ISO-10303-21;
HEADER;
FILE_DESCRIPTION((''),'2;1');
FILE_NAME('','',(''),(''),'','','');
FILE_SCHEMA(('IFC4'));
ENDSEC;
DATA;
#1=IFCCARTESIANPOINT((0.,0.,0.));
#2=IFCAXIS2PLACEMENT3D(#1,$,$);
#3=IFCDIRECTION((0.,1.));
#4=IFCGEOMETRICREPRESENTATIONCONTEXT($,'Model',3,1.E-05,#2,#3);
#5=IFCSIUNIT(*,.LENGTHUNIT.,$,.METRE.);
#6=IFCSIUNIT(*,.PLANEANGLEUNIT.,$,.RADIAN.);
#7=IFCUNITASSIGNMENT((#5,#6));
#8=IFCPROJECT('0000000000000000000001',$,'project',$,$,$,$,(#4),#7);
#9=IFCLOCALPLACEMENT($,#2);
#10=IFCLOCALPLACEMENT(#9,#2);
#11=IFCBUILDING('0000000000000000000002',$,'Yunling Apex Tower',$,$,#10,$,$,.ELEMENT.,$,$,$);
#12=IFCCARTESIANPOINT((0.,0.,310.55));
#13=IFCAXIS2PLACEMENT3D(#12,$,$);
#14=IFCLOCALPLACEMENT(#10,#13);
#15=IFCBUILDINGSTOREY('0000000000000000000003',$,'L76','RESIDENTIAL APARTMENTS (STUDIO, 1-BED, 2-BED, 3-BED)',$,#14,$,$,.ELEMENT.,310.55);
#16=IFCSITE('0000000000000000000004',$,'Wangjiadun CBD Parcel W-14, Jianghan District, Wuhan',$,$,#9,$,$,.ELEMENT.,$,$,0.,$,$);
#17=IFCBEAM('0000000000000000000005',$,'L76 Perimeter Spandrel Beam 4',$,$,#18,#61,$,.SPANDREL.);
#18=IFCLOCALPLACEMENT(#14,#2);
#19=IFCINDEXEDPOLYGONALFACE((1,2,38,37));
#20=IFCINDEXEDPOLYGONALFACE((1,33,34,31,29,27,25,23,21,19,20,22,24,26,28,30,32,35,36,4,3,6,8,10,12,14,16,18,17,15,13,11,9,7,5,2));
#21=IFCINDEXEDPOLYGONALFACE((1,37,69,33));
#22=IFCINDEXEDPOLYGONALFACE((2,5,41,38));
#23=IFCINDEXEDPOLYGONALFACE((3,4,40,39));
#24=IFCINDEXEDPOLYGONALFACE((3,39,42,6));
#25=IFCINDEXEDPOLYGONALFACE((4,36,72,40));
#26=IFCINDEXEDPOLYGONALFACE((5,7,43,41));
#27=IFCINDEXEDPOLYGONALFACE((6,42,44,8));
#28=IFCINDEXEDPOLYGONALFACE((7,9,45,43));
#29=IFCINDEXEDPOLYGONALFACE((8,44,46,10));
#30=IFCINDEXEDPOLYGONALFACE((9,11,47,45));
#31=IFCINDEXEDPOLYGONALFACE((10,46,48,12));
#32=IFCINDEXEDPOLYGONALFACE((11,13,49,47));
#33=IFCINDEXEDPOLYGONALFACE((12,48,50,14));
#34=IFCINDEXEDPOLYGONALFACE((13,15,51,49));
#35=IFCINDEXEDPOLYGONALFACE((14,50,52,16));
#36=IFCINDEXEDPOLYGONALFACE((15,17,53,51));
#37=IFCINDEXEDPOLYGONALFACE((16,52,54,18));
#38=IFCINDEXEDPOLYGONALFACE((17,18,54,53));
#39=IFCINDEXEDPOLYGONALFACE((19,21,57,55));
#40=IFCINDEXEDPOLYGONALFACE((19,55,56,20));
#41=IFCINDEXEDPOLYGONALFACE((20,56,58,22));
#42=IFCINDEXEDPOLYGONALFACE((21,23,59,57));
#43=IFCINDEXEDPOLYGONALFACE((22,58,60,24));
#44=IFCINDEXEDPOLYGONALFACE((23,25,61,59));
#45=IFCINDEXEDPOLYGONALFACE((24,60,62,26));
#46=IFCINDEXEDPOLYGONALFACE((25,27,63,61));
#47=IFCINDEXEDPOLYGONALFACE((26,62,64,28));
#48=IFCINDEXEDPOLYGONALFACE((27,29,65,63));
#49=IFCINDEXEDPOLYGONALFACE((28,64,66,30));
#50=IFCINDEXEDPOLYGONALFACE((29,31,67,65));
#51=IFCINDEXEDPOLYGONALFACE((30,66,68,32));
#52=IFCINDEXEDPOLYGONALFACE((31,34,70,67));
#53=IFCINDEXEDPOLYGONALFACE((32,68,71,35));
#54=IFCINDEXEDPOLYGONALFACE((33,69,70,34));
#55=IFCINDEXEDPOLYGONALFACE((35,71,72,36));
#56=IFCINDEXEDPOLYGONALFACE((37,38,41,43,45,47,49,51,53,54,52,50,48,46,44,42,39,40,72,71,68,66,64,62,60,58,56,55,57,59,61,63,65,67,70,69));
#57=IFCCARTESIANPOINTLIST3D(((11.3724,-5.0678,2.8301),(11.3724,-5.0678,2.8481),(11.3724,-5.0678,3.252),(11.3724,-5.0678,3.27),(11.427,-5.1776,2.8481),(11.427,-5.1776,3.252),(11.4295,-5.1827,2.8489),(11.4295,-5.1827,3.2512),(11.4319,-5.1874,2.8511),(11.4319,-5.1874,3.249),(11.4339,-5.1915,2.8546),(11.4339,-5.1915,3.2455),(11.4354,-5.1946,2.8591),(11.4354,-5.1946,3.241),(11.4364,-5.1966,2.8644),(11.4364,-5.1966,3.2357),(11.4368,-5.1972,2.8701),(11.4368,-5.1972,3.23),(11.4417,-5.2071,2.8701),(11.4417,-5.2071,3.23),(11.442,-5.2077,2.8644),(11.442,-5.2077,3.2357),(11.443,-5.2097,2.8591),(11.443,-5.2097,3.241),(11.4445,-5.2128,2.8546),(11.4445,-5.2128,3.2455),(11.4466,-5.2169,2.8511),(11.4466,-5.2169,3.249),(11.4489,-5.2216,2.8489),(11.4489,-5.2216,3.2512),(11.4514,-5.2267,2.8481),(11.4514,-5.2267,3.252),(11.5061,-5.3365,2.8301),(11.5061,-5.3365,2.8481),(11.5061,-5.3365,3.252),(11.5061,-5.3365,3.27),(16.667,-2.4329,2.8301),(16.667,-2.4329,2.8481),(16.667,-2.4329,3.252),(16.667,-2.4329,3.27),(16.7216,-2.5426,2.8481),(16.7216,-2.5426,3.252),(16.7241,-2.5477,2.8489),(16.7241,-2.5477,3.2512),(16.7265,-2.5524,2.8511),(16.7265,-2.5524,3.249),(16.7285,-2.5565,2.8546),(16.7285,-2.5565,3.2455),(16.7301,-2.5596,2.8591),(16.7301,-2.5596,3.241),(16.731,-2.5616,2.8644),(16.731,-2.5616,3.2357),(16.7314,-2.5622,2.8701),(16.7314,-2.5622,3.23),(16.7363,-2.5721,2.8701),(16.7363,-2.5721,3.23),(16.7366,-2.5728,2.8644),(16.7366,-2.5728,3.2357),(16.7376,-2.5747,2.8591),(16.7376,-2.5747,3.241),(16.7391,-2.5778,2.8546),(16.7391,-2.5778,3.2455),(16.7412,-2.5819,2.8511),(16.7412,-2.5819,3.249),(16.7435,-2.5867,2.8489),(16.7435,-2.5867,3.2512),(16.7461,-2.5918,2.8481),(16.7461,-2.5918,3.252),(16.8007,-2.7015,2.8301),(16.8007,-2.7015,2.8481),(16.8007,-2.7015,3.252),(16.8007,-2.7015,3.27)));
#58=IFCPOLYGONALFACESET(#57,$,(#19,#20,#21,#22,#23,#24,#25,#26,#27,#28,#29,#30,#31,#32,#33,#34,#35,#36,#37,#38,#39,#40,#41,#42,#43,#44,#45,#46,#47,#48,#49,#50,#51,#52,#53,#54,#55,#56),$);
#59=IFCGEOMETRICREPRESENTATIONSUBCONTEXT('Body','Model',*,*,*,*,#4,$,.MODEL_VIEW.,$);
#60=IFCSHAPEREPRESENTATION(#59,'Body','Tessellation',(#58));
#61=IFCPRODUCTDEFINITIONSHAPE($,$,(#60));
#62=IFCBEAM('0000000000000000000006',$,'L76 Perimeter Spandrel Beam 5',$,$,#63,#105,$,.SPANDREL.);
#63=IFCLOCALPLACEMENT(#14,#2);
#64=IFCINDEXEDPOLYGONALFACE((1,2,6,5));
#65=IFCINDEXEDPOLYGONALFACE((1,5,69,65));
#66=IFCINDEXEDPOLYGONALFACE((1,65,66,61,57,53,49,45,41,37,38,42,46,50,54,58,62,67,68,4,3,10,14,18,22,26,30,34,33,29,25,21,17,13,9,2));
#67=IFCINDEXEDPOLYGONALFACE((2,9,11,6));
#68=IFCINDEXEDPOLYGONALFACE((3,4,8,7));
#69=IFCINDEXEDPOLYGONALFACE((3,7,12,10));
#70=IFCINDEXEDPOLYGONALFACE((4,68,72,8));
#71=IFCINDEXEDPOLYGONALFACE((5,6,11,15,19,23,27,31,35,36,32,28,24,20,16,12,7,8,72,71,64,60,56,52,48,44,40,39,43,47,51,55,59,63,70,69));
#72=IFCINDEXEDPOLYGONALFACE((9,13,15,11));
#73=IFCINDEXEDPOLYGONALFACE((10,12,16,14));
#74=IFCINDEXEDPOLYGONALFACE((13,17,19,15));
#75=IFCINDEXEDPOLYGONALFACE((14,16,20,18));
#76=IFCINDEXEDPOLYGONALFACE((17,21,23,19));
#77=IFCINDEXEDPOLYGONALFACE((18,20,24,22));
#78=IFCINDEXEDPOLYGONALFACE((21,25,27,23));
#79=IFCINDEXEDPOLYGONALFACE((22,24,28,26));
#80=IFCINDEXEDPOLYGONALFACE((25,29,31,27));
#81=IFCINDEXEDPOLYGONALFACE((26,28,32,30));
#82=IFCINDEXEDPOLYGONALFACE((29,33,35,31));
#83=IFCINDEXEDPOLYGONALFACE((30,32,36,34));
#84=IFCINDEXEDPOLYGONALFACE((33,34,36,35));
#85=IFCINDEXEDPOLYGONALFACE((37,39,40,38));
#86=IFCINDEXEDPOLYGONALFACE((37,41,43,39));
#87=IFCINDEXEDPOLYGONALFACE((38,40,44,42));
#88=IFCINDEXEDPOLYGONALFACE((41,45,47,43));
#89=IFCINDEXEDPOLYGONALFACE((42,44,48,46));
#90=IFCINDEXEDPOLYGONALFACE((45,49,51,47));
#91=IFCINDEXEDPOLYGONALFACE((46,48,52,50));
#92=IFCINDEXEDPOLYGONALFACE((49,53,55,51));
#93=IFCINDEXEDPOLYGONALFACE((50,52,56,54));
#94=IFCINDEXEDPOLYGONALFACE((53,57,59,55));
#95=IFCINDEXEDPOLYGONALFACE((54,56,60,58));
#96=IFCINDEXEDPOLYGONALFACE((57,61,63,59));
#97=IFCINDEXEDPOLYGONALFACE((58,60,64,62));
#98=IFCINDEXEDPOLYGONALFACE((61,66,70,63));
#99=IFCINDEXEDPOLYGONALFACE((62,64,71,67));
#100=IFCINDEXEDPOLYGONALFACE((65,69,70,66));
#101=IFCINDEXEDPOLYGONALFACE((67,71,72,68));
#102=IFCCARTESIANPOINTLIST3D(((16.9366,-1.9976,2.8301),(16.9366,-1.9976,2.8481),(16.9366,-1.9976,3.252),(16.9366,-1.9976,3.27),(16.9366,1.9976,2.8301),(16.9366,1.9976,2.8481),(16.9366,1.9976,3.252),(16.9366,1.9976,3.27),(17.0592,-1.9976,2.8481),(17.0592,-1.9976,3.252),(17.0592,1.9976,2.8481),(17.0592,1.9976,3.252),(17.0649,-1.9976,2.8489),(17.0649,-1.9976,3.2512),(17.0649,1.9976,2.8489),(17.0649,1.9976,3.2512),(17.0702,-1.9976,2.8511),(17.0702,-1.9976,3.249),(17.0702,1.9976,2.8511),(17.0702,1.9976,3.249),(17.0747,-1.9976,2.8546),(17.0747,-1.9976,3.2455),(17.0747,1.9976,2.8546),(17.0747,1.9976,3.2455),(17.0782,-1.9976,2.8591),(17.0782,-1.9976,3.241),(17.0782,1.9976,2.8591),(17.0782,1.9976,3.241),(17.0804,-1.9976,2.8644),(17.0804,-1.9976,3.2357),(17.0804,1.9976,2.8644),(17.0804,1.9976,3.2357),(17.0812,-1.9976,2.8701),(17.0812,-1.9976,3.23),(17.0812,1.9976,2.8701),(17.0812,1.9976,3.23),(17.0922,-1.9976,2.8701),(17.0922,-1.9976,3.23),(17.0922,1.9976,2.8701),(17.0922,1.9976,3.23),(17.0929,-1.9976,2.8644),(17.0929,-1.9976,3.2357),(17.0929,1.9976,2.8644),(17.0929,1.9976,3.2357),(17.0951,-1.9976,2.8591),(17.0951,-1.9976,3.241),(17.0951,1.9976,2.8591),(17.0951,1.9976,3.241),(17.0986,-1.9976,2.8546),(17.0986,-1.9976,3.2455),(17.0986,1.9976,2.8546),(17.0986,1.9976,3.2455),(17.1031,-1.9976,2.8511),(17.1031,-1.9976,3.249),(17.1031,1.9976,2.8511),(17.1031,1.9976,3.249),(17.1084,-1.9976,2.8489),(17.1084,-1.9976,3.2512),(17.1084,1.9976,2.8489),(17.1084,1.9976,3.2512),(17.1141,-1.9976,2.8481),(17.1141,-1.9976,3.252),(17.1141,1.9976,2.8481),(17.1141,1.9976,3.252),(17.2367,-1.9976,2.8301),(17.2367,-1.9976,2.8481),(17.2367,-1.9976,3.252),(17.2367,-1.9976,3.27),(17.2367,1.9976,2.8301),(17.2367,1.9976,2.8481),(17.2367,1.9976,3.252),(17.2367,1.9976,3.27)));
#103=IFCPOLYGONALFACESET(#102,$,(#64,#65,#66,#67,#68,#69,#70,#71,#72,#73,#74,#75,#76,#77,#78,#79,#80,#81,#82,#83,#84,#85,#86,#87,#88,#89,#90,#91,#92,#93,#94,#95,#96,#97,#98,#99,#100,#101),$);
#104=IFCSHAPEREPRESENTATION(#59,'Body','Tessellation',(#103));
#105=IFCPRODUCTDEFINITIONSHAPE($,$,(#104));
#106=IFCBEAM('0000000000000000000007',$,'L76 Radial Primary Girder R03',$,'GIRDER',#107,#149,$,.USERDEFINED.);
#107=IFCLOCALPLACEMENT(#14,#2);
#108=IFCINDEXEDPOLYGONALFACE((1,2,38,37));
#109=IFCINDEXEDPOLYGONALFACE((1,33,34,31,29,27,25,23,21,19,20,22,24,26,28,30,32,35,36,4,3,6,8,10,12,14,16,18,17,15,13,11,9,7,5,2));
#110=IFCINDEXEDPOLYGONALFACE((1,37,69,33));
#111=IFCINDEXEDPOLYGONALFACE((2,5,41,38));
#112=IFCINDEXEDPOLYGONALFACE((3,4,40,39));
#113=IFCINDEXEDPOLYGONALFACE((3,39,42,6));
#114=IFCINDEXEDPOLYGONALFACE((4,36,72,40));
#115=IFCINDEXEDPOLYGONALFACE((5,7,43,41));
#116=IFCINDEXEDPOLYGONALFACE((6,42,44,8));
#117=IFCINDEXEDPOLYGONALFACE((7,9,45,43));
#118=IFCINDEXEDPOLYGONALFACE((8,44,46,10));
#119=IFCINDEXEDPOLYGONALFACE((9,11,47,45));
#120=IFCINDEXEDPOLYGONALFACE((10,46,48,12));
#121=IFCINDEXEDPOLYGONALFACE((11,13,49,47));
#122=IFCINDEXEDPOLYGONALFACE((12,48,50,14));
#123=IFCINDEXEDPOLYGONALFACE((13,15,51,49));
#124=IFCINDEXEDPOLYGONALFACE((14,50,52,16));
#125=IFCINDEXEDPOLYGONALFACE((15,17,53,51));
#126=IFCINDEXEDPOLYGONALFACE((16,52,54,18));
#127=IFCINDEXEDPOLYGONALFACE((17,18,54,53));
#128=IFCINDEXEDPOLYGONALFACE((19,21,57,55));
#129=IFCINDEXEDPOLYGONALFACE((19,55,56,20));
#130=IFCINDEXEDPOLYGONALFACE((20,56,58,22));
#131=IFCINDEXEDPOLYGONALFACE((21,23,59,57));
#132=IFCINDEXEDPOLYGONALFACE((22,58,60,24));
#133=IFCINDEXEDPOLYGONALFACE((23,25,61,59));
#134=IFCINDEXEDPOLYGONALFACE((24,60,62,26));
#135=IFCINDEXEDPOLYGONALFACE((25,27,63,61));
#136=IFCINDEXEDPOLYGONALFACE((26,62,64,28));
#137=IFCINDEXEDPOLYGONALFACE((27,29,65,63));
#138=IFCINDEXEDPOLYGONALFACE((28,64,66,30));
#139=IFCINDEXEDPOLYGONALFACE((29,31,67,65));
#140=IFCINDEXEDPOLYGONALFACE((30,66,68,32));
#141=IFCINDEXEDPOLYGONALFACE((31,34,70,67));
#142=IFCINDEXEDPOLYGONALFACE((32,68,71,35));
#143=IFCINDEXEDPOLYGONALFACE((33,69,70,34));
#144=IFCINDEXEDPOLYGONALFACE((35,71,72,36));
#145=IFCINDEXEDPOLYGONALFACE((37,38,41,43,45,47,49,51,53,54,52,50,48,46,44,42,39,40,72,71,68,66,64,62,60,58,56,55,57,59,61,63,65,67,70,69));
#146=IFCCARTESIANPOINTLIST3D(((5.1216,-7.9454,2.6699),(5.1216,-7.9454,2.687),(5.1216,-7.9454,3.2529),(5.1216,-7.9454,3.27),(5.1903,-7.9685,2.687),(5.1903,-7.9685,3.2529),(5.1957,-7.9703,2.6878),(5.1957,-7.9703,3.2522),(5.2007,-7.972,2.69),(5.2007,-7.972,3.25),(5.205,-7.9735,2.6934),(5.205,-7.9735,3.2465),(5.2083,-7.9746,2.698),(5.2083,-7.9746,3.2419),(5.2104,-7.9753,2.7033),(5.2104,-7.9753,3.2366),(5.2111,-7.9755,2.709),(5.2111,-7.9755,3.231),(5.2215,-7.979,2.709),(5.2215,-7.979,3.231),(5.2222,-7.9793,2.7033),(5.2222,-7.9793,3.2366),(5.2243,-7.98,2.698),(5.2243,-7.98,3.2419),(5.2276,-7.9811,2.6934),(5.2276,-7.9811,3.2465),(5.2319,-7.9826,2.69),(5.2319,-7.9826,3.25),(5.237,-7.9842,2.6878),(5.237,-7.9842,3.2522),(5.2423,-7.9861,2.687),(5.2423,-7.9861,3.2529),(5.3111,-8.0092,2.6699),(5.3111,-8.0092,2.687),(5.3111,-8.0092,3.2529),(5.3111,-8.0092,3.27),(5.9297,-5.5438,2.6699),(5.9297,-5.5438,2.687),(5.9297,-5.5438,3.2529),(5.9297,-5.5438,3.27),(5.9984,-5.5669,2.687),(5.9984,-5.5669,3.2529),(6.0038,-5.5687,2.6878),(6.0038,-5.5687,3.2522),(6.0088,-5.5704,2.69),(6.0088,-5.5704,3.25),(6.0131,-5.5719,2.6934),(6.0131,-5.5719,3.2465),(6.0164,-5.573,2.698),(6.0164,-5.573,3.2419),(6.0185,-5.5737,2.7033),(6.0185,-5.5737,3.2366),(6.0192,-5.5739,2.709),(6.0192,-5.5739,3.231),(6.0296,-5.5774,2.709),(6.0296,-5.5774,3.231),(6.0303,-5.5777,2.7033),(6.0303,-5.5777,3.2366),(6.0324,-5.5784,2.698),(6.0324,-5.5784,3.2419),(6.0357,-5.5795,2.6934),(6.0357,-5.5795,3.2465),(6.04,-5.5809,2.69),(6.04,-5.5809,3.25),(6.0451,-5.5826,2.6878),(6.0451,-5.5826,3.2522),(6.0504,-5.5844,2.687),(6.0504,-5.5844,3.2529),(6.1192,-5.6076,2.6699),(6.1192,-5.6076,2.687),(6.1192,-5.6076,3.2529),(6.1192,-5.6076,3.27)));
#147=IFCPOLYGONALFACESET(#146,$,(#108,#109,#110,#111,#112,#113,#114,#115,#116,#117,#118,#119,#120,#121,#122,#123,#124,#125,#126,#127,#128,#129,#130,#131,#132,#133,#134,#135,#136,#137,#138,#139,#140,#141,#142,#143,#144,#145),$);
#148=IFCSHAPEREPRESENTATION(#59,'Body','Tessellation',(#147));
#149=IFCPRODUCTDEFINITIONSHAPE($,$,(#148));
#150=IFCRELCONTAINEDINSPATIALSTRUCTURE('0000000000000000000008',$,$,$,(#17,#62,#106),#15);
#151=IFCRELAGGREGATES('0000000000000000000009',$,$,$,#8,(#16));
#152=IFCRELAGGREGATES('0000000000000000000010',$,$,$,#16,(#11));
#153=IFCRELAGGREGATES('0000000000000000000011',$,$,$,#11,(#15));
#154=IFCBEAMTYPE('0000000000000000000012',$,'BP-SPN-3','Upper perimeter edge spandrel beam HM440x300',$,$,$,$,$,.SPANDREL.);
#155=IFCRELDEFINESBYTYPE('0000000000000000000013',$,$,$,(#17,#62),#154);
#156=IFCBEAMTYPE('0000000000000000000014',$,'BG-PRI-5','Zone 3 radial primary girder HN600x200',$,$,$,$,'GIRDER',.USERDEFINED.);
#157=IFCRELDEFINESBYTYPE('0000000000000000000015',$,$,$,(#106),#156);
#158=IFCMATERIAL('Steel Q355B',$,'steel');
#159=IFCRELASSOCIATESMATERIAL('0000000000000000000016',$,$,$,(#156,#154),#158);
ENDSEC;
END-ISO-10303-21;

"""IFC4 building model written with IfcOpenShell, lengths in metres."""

from ifc_helpers import new_model, si_unit, direction, frame, origin, origin_2d, place, context, subcontext, project, spatial, i_section, extrude, source, transform, mapped, material, material_profile, profile_set, type_object, element, save


model = new_model("IFC4")

# Units and contexts
model_context = context("Model", 3, precision=1e-05, world=origin(), true_north=direction((0.0, 1.0)))
body_context = subcontext(model_context, "Body", "Model", "MODEL_VIEW")
ifc_project = project(units=[si_unit("LENGTHUNIT", "METRE"), si_unit("PLANEANGLEUNIT", "RADIAN")], contexts=[model_context])

# Site, building, storey
site_placement = place(None, origin())
site = spatial("IfcSite", under=ifc_project, at=site_placement, Name="Wangjiadun CBD Parcel W-14, Jianghan District, Wuhan", CompositionType="ELEMENT", RefElevation=0.0)
building_placement = place(site_placement, origin())
building = spatial("IfcBuilding", under=site, at=building_placement, Name="Yunling Apex Tower", CompositionType="ELEMENT")
storey_placement = place(building_placement, frame((0.0, 0.0, 310.55)))
storey = spatial("IfcBuildingStorey", under=building, at=storey_placement, Name="L76", Description="RESIDENTIAL APARTMENTS (STUDIO, 1-BED, 2-BED, 3-BED)", CompositionType="ELEMENT", Elevation=310.55)

# Shared definitions
ifc_material_1 = material(Name="Steel Q355B", Category="steel")

# Beams
ifc_material_profile_1 = material_profile(ifc_material_1, i_section(OverallWidth=0.2, OverallDepth=0.6001, WebThickness=0.011, FlangeThickness=0.0171, FilletRadius=0.022, at=origin_2d()))
ifc_profile_set_1 = profile_set([ifc_material_profile_1], Name="Steel Q355B")
beam_type_1 = type_object("IfcBeamType", Name="BG-PRI-5", Description="Zone 3 radial primary girder HN600x200", ElementType="GIRDER", PredefinedType="USERDEFINED", material=ifc_profile_set_1)
ifc_material_profile_2 = material_profile(ifc_material_1, i_section(OverallWidth=0.3, OverallDepth=0.4399, WebThickness=0.011, FlangeThickness=0.0181, FilletRadius=0.022, at=origin_2d()))
ifc_profile_set_2 = profile_set([ifc_material_profile_2], Name="Steel Q355B")
beam_type_2 = type_object("IfcBeamType", Name="BP-SPN-3", Description="Upper perimeter edge spandrel beam HM440x300", PredefinedType="SPANDREL", material=ifc_profile_set_2)
shared_shape_1 = source(origin(), body_context, "Body", "SweptSolid", [
    extrude(i_section(OverallWidth=0.3, OverallDepth=0.4399, WebThickness=0.011, FlangeThickness=0.0181, FilletRadius=0.022, at=origin_2d()), origin(), (0.0, 0.0, 1.0), 5.9141),
])
for number, where, z_axis, x_axis, name in (
    (1, (11.4392, -5.2021, 3.05), (0.89526, 0.445545, 0.0), (-0.445545, 0.89526, 0.0), "L76 Perimeter Spandrel Beam 4"),
):
    element("IfcBeam", number, at=place(storey_placement, frame(where, z_axis=z_axis, x_axis=x_axis)), inside=storey, type_object=beam_type_2, Name=name, PredefinedType="SPANDREL", context=body_context, shape_type="MappedRepresentation", body=[
        mapped(shared_shape_1, transform((0.0, 0.0, 0.0), scale=1.0)),
    ])
shared_shape_2 = source(origin(), body_context, "Body", "SweptSolid", [
    extrude(i_section(OverallWidth=0.3, OverallDepth=0.4399, WebThickness=0.011, FlangeThickness=0.0181, FilletRadius=0.022, at=origin_2d()), origin(), (0.0, 0.0, 1.0), 3.9951),
])
beam_1_placement = place(storey_placement, frame((17.0867, -1.9976, 3.05), z_axis=(0.0, 1.0, 0.0), x_axis=(-1.0, 0.0, 0.0)))
element("IfcBeam", 2, at=beam_1_placement, inside=storey, type_object=beam_type_2, Name="L76 Perimeter Spandrel Beam 5", PredefinedType="SPANDREL", context=body_context, shape_type="MappedRepresentation", body=[
    mapped(shared_shape_2, transform((0.0, 0.0, 0.0), scale=1.0)),
])
shared_shape_3 = source(origin(), body_context, "Body", "SweptSolid", [
    extrude(i_section(OverallWidth=0.2, OverallDepth=0.6001, WebThickness=0.011, FlangeThickness=0.0171, FilletRadius=0.022, at=origin_2d()), origin(), (0.0, 0.0, 1.0), 2.5339),
])
beam_2_placement = place(storey_placement, frame((5.2163, -7.9773, 2.97), z_axis=(0.318915, 0.947783, 0.0), x_axis=(-0.947783, 0.318915, 0.0)))
element("IfcBeam", 3, at=beam_2_placement, inside=storey, type_object=beam_type_1, Name="L76 Radial Primary Girder R03", ObjectType="GIRDER", PredefinedType="USERDEFINED", context=body_context, shape_type="MappedRepresentation", body=[
    mapped(shared_shape_3, transform((0.0, 0.0, 0.0), scale=1.0)),
])

save(model, "model.ifc")
